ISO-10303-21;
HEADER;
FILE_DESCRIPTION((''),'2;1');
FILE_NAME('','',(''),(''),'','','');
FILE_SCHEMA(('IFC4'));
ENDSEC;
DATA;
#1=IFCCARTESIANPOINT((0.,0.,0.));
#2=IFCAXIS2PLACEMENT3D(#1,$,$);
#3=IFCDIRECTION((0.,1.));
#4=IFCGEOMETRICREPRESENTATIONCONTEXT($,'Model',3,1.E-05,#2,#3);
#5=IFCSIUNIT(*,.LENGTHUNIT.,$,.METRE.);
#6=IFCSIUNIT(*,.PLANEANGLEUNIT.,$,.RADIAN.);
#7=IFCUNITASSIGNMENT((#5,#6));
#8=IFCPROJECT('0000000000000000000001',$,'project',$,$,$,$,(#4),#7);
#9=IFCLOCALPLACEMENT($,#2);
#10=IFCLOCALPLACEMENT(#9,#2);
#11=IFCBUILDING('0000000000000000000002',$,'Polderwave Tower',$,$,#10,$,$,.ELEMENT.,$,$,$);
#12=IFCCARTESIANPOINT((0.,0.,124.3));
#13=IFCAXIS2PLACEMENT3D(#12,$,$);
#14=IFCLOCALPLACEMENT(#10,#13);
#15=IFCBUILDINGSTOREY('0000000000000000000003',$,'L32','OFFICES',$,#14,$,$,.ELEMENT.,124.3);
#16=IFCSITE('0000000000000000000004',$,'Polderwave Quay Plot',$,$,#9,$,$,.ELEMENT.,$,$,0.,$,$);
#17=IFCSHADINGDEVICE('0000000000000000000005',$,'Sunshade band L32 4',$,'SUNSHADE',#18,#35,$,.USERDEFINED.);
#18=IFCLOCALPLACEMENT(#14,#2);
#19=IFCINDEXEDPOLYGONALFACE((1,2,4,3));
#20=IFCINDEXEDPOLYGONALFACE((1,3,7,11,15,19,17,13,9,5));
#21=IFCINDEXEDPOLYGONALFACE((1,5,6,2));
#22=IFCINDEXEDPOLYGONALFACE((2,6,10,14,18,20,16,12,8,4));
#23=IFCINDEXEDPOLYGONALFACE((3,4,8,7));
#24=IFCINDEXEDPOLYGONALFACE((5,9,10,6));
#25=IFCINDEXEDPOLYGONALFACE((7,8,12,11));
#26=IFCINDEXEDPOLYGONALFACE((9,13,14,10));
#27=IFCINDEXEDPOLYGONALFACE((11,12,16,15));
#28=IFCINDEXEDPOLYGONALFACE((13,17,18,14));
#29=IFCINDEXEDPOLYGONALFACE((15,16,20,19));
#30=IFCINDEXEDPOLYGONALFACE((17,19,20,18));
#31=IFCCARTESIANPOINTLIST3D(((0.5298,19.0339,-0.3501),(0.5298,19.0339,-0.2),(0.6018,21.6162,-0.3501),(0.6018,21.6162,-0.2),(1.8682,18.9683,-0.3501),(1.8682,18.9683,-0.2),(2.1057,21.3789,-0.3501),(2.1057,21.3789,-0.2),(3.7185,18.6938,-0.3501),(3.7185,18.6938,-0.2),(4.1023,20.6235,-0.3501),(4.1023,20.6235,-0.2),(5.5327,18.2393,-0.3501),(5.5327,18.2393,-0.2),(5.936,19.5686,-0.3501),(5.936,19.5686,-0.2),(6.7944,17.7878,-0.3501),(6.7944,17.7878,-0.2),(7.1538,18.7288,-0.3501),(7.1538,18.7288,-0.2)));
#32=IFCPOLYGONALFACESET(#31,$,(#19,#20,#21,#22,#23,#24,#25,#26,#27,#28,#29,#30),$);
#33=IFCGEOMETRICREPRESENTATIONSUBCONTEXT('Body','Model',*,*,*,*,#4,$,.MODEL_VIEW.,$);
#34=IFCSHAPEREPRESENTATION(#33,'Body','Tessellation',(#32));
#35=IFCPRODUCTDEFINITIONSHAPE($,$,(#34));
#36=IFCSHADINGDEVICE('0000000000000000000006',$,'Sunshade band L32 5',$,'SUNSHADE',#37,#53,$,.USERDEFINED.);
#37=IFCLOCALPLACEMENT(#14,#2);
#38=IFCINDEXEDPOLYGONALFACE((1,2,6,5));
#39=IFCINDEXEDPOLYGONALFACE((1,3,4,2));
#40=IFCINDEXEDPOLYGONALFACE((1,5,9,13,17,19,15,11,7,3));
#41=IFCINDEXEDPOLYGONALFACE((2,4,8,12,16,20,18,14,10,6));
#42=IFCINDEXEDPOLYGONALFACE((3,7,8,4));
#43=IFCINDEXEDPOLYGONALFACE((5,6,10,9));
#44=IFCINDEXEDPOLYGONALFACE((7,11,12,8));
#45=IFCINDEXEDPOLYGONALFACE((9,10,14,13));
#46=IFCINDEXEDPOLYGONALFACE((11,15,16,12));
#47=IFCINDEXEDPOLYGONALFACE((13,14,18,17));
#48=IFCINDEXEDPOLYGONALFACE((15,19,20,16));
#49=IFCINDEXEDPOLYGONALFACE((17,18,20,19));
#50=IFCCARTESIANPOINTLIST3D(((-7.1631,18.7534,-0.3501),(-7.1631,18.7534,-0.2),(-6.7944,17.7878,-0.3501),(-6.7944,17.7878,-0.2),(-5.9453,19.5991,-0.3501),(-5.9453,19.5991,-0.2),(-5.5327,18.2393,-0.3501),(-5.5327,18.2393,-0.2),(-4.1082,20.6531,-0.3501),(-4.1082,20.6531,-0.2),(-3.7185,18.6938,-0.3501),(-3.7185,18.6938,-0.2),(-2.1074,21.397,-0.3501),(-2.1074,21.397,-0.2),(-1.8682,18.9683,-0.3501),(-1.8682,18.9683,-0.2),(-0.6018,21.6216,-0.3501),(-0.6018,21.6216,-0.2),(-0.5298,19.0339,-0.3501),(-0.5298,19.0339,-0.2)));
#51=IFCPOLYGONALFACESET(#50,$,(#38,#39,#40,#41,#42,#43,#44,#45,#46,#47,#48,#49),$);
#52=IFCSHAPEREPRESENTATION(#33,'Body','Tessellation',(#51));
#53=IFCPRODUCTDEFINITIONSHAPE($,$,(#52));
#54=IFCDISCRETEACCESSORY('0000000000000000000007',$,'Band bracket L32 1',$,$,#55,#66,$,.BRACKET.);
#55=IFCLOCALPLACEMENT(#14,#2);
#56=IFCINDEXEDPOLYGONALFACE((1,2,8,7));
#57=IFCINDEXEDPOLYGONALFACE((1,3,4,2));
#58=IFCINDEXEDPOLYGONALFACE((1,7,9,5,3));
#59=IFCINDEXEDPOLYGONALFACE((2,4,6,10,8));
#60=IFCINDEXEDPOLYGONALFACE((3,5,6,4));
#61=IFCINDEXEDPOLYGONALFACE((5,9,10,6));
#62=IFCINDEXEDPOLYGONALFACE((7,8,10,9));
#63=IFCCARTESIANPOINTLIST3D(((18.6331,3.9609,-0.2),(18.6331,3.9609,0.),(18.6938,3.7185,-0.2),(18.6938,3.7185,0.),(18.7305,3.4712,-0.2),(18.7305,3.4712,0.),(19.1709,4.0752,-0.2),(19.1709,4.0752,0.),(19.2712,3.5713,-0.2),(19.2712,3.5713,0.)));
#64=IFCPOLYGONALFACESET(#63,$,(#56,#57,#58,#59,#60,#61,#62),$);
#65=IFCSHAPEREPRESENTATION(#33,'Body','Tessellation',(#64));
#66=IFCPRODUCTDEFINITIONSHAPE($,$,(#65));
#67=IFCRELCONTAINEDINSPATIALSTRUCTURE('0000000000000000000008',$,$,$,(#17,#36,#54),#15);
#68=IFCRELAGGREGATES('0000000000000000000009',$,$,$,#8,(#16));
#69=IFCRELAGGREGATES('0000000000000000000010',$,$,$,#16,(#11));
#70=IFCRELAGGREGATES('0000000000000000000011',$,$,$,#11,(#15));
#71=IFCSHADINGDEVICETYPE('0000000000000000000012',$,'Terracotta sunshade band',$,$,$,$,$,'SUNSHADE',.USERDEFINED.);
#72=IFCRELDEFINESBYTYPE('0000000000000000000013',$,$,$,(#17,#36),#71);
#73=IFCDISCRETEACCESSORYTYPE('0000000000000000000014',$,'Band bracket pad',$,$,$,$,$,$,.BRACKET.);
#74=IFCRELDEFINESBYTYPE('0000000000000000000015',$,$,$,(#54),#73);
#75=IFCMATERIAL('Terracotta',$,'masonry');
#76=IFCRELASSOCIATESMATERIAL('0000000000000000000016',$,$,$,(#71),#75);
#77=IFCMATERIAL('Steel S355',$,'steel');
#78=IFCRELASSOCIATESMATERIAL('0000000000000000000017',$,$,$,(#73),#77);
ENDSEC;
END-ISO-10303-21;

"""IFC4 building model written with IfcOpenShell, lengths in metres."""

from ifc_helpers import new_model, si_unit, direction, frame, origin, place, context, subcontext, project, spatial, polyline, outline, extrude, material, type_object, element, save


model = new_model("IFC4")

# Units and contexts
model_context = context("Model", 3, precision=1e-05, world=origin(), true_north=direction((0.0, 1.0)))
body_context = subcontext(model_context, "Body", "Model", "MODEL_VIEW")
ifc_project = project(units=[si_unit("LENGTHUNIT", "METRE"), si_unit("PLANEANGLEUNIT", "RADIAN")], contexts=[model_context])

# Site, building, storey
site_placement = place(None, origin())
site = spatial("IfcSite", under=ifc_project, at=site_placement, Name="Polderwave Quay Plot", CompositionType="ELEMENT", RefElevation=0.0)
building_placement = place(site_placement, origin())
building = spatial("IfcBuilding", under=site, at=building_placement, Name="Polderwave Tower", CompositionType="ELEMENT")
storey_placement = place(building_placement, frame((0.0, 0.0, 124.3)))
storey = spatial("IfcBuildingStorey", under=building, at=storey_placement, Name="L32", Description="OFFICES", CompositionType="ELEMENT", Elevation=124.3)

# Shading devices
ifc_material_1 = material(Name="Terracotta", Category="masonry")
shading_device_type = type_object("IfcShadingDeviceType", Name="Terracotta sunshade band", ElementType="SUNSHADE", PredefinedType="USERDEFINED", material=ifc_material_1)
shading_device_1_placement = place(storey_placement, frame((0.0, 0.0, -0.3501)))
element("IfcShadingDevice", 1, at=shading_device_1_placement, inside=storey, type_object=shading_device_type, Name="Sunshade band L32 4", ObjectType="SUNSHADE", PredefinedType="USERDEFINED", context=body_context, shape_type="SweptSolid", body=[
    extrude(outline(polyline([(6.7944, 17.7878), (5.5327, 18.2393), (3.7185, 18.6938), (1.8682, 18.9683), (0.5298, 19.0339), (0.6018, 21.6162), (2.1057, 21.3789), (4.1023, 20.6235), (5.936, 19.5686), (7.1538, 18.7288), (6.7944, 17.7878)])), origin(), (0.0, 0.0, 1.0), 0.1501),
])
shading_device_2_placement = place(storey_placement, frame((0.0, 0.0, -0.3501)))
element("IfcShadingDevice", 2, at=shading_device_2_placement, inside=storey, type_object=shading_device_type, Name="Sunshade band L32 5", ObjectType="SUNSHADE", PredefinedType="USERDEFINED", context=body_context, shape_type="SweptSolid", body=[
    extrude(outline(polyline([(-0.5298, 19.0339), (-1.8682, 18.9683), (-3.7185, 18.6938), (-5.5327, 18.2393), (-6.7944, 17.7878), (-7.1631, 18.7534), (-5.9453, 19.5991), (-4.1082, 20.6531), (-2.1074, 21.397), (-0.6018, 21.6216), (-0.5298, 19.0339)])), origin(), (0.0, 0.0, 1.0), 0.1501),
])

# Discrete accessory
ifc_material_2 = material(Name="Steel S355", Category="steel")
discrete_accessory_type = type_object("IfcDiscreteAccessoryType", Name="Band bracket pad", PredefinedType="BRACKET", material=ifc_material_2)
discrete_accessory_placement = place(storey_placement, frame((0.0, 0.0, -0.2)))
element("IfcDiscreteAccessory", 3, at=discrete_accessory_placement, inside=storey, type_object=discrete_accessory_type, Name="Band bracket L32 1", PredefinedType="BRACKET", context=body_context, shape_type="SweptSolid", body=[
    extrude(outline(polyline([(18.7305, 3.4712), (18.6938, 3.7185), (18.6331, 3.9609), (19.1709, 4.0752), (19.2712, 3.5713), (18.7305, 3.4712)])), origin(), (0.0, 0.0, 1.0), 0.2),
])

save(model, "model.ifc")
